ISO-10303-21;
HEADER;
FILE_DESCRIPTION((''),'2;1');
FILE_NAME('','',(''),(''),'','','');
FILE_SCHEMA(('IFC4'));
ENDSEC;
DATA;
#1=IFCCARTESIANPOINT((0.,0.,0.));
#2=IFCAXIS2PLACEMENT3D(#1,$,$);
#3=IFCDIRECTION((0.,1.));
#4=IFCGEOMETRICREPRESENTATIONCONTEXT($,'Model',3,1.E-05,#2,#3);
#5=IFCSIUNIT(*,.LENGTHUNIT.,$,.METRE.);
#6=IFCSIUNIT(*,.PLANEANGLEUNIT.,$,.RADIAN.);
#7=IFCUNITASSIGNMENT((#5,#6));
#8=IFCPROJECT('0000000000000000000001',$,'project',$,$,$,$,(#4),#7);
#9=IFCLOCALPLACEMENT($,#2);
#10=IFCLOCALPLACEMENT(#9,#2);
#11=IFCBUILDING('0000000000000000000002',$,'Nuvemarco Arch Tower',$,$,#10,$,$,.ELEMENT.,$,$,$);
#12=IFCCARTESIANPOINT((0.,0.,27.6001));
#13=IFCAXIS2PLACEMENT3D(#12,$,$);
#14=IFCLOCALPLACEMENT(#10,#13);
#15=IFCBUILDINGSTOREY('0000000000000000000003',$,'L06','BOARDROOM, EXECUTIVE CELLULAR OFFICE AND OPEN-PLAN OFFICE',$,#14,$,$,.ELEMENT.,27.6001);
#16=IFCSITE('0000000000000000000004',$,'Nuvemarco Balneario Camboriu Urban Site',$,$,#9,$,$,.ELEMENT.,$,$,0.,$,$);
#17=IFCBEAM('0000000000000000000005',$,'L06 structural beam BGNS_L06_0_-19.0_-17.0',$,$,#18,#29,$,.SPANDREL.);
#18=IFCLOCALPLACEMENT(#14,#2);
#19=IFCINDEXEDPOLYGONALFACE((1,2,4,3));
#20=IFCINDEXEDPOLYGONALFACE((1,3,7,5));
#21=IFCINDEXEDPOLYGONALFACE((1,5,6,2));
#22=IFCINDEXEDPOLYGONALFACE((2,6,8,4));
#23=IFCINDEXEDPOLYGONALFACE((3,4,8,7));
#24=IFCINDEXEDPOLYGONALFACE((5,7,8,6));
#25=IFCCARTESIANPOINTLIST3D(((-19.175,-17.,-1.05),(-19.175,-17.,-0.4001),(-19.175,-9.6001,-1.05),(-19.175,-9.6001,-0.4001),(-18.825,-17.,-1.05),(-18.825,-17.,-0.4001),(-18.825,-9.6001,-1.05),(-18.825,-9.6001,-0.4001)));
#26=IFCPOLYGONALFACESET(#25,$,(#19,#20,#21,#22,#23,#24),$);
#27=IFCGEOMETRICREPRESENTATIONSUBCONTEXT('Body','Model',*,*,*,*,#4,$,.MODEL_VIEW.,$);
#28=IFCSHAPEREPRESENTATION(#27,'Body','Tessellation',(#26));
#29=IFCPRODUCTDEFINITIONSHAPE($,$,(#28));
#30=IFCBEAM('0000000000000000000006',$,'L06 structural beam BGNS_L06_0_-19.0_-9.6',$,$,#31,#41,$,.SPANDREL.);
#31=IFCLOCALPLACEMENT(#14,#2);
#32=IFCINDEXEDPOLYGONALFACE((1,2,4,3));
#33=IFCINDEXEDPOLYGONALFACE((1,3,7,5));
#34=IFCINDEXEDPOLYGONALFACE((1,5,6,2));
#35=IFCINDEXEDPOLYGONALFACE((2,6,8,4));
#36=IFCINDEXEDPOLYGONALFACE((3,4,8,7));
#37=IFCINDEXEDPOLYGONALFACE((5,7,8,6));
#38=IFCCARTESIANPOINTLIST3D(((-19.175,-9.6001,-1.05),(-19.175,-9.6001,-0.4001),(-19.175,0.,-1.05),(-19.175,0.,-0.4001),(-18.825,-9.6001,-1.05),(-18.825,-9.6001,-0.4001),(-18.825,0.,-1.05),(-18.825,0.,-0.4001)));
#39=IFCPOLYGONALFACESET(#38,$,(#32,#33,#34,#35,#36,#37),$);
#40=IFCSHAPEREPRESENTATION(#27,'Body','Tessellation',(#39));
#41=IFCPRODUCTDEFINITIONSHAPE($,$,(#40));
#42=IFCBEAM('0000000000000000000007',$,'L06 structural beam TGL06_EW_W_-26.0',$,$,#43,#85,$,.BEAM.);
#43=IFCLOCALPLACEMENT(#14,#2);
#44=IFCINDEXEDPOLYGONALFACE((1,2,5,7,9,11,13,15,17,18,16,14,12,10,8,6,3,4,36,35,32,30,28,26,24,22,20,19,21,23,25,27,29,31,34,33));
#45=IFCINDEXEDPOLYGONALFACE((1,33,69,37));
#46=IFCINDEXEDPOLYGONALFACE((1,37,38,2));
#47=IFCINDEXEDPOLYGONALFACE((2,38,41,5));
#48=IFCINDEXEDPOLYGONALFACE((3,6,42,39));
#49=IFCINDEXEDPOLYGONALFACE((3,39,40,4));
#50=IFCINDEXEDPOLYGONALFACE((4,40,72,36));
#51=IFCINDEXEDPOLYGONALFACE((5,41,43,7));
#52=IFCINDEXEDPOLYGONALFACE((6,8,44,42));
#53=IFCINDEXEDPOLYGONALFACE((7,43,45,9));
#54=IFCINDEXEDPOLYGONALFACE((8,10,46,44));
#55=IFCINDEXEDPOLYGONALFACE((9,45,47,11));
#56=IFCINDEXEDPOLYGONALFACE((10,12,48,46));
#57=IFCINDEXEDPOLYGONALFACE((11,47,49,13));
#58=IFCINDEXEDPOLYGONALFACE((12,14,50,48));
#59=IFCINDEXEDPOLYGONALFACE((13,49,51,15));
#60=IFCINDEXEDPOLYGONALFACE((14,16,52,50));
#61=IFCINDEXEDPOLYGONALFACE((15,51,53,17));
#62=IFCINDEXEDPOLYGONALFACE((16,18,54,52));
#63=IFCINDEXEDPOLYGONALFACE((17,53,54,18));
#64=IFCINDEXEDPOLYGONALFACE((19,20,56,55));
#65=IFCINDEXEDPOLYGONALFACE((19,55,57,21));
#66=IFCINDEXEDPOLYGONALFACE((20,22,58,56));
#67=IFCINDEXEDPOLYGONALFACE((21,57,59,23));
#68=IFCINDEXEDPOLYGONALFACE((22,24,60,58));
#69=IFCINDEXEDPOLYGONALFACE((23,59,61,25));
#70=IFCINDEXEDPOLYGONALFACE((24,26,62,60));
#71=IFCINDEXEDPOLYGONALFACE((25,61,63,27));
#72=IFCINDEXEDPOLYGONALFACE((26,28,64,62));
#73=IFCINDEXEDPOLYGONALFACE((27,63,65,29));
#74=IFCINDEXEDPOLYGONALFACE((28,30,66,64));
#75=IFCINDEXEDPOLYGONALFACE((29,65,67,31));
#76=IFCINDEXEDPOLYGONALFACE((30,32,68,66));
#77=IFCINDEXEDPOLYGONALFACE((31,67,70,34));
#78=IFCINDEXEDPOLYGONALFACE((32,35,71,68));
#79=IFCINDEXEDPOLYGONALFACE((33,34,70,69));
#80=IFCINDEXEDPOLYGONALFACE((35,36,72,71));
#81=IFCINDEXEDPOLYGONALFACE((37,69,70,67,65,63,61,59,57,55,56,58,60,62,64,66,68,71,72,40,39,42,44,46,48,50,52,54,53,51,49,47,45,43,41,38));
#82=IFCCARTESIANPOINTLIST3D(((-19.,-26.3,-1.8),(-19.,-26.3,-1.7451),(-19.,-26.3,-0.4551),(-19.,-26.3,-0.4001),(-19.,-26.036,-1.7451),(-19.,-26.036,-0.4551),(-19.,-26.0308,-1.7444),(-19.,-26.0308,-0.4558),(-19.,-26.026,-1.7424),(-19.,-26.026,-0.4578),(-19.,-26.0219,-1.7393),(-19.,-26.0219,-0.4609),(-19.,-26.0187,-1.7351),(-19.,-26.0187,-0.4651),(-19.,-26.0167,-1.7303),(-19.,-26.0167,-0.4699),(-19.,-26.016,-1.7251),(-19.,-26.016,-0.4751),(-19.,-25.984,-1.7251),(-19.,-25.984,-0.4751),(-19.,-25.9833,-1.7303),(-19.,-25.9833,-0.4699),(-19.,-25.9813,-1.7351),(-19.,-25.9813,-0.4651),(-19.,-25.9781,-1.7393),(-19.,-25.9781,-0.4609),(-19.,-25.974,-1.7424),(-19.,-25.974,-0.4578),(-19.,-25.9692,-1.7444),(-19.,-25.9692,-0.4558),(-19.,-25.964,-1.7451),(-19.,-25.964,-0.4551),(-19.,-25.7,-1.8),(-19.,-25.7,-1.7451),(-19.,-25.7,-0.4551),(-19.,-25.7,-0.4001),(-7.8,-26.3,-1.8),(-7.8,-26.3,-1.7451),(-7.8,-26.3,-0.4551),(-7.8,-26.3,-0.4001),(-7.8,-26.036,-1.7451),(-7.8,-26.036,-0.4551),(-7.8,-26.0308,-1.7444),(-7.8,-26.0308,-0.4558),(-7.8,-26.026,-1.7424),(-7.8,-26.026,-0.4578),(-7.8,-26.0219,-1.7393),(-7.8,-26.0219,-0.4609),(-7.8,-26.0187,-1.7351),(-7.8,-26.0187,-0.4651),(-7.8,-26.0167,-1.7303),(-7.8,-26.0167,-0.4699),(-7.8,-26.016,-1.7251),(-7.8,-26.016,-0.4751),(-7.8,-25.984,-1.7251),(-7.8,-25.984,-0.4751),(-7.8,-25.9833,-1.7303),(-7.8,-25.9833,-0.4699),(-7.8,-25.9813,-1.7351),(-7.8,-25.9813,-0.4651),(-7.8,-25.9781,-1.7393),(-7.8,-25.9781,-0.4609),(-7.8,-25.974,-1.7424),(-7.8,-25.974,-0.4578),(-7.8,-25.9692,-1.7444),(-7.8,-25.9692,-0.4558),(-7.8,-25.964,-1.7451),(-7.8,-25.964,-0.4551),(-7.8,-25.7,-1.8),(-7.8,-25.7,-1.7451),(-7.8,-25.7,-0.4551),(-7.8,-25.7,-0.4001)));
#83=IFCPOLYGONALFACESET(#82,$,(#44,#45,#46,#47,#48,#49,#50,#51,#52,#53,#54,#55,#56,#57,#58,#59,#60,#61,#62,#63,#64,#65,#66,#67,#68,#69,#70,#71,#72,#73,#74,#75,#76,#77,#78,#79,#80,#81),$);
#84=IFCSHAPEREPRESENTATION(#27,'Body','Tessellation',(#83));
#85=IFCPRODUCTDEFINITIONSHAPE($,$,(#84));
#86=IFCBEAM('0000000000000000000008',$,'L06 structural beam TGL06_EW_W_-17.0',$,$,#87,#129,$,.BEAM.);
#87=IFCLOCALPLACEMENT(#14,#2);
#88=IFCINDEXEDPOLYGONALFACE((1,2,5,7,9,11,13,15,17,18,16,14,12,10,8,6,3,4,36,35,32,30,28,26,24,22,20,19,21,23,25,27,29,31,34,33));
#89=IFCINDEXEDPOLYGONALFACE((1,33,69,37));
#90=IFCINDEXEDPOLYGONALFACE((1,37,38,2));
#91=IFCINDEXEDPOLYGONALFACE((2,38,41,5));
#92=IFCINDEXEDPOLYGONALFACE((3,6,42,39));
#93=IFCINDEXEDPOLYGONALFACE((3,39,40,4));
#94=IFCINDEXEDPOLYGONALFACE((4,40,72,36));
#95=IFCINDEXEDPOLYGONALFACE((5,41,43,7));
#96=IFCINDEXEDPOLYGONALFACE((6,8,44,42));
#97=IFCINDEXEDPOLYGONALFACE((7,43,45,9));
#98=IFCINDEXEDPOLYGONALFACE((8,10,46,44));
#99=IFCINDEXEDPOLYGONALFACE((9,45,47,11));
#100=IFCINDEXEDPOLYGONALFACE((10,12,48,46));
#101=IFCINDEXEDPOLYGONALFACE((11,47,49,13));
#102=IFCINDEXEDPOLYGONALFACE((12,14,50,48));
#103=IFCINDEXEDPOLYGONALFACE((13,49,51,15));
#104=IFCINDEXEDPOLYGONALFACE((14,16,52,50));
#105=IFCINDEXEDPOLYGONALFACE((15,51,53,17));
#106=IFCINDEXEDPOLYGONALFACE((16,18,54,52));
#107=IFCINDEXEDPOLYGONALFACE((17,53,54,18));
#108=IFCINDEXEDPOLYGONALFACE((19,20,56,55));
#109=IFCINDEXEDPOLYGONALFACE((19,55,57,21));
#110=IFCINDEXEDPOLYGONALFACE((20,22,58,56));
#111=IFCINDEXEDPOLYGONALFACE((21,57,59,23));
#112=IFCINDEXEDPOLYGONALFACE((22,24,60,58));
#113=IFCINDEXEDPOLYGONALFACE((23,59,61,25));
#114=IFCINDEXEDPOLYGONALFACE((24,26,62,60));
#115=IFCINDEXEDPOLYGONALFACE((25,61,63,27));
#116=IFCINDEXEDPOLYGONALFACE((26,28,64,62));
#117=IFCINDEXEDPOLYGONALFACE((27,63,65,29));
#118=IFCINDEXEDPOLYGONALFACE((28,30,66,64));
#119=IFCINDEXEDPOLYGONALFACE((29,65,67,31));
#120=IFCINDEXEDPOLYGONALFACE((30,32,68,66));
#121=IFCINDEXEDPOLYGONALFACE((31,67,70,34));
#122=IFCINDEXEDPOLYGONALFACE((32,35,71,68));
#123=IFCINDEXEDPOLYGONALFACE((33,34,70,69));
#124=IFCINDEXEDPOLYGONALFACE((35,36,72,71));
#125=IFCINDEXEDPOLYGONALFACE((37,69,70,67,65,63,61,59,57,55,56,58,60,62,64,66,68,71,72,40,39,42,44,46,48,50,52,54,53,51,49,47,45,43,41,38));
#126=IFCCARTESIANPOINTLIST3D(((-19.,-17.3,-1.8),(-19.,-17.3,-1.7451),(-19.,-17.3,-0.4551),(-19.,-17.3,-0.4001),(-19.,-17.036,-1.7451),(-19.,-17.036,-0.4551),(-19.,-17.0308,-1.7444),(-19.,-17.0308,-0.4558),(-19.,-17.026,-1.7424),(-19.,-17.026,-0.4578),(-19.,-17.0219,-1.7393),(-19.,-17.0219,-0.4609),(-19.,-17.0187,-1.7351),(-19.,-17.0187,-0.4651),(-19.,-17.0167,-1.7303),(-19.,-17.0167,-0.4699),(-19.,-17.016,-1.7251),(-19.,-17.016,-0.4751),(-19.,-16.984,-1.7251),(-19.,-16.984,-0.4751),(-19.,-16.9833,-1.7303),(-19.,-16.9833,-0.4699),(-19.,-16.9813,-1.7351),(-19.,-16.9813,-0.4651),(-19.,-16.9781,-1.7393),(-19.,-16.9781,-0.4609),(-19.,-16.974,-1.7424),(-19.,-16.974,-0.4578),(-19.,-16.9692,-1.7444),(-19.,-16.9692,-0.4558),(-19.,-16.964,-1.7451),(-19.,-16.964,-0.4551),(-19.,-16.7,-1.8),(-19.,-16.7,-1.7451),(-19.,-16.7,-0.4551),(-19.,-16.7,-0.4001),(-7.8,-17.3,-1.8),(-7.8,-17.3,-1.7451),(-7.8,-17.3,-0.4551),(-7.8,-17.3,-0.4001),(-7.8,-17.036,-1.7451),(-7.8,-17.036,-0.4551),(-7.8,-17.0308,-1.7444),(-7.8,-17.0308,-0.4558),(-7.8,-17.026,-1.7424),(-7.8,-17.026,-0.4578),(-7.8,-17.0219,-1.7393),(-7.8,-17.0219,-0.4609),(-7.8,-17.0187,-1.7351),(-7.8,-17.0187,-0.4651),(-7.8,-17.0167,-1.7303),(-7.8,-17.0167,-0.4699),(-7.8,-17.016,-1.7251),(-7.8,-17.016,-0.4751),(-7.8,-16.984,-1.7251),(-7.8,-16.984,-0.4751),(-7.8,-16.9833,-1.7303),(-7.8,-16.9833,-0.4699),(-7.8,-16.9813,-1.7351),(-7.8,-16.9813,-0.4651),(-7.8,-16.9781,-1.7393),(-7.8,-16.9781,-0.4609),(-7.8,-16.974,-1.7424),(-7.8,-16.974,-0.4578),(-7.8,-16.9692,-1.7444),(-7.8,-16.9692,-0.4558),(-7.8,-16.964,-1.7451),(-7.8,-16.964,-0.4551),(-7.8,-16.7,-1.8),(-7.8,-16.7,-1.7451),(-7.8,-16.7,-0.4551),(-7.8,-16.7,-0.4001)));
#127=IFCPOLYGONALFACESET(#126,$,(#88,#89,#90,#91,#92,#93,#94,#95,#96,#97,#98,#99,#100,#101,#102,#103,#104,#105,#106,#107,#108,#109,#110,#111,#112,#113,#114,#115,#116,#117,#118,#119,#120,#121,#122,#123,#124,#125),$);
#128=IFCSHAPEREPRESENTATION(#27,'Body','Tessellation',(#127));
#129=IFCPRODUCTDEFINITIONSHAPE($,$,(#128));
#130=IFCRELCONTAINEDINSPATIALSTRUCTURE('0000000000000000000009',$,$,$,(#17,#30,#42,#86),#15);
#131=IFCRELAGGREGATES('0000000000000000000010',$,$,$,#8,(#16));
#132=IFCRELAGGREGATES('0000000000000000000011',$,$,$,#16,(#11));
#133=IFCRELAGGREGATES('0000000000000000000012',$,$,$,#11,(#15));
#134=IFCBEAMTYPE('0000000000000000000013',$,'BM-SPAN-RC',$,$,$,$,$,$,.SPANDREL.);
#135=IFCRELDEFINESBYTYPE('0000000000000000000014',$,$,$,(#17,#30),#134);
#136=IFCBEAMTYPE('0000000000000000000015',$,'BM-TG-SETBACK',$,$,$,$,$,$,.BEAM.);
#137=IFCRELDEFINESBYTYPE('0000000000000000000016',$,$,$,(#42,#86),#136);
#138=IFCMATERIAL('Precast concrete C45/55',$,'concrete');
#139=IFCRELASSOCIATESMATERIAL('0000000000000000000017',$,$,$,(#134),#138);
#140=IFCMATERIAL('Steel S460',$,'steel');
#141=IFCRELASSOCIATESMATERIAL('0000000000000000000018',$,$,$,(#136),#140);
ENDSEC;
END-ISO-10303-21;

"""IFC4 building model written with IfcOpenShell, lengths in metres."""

from ifc_helpers import new_model, si_unit, direction, frame, origin, origin_2d, place, context, subcontext, project, spatial, rectangle, i_section, extrude, material, material_profile, profile_set, type_object, element, save


model = new_model("IFC4")

# Units and contexts
model_context = context("Model", 3, precision=1e-05, world=origin(), true_north=direction((0.0, 1.0)))
body_context = subcontext(model_context, "Body", "Model", "MODEL_VIEW")
ifc_project = project(units=[si_unit("LENGTHUNIT", "METRE"), si_unit("PLANEANGLEUNIT", "RADIAN")], contexts=[model_context])

# Site, building, storey
site_placement = place(None, origin())
site = spatial("IfcSite", under=ifc_project, at=site_placement, Name="Nuvemarco Balneario Camboriu Urban Site", CompositionType="ELEMENT", RefElevation=0.0)
building_placement = place(site_placement, origin())
building = spatial("IfcBuilding", under=site, at=building_placement, Name="Nuvemarco Arch Tower", CompositionType="ELEMENT")
storey_placement = place(building_placement, frame((0.0, 0.0, 27.6001)))
storey = spatial("IfcBuildingStorey", under=building, at=storey_placement, Name="L06", Description="BOARDROOM, EXECUTIVE CELLULAR OFFICE AND OPEN-PLAN OFFICE", CompositionType="ELEMENT", Elevation=27.6001)

# Shared definitions
ifc_material_1 = material(Name="Steel S460", Category="steel")

# Beams
ifc_material_2 = material(Name="Precast concrete C45/55", Category="concrete")
ifc_material_profile_1 = material_profile(ifc_material_2, rectangle(XDim=0.3501, YDim=0.6499, at=origin_2d()), Name="PC-SP-350x650")
ifc_profile_set_1 = profile_set([ifc_material_profile_1], Name="Precast concrete C45/55")
beam_type_1 = type_object("IfcBeamType", Name="BM-SPAN-RC", PredefinedType="SPANDREL", material=ifc_profile_set_1)
beam_1_placement = place(storey_placement, frame((-19.0, -17.0, -0.7251), z_axis=(0.0, 1.0, 0.0), x_axis=(-1.0, 0.0, 0.0)))
element("IfcBeam", 1, at=beam_1_placement, inside=storey, type_object=beam_type_1, Name="L06 structural beam BGNS_L06_0_-19.0_-17.0", PredefinedType="SPANDREL", context=body_context, shape_type="SweptSolid", body=[
    extrude(rectangle(XDim=0.3501, YDim=0.6499, at=origin_2d()), origin(), (0.0, 0.0, 1.0), 7.3999),
])
beam_2_placement = place(storey_placement, frame((-19.0, -9.6001, -0.7251), z_axis=(0.0, 1.0, 0.0), x_axis=(-1.0, 0.0, 0.0)))
element("IfcBeam", 2, at=beam_2_placement, inside=storey, type_object=beam_type_1, Name="L06 structural beam BGNS_L06_0_-19.0_-9.6", PredefinedType="SPANDREL", context=body_context, shape_type="SweptSolid", body=[
    extrude(rectangle(XDim=0.3501, YDim=0.6499, at=origin_2d()), origin(), (0.0, 0.0, 1.0), 9.6001),
])
ifc_material_profile_2 = material_profile(ifc_material_1, i_section(OverallWidth=0.6001, OverallDepth=1.3999, WebThickness=0.032, FlangeThickness=0.0549, FilletRadius=0.02, at=origin_2d()), Name="PG1400x600")
ifc_profile_set_2 = profile_set([ifc_material_profile_2], Name="Steel S460")
beam_type_2 = type_object("IfcBeamType", Name="BM-TG-SETBACK", PredefinedType="BEAM", material=ifc_profile_set_2)
for number, where, z_axis, x_axis, name in (
    (3, (-19.0, -26.0, -1.1001), (1.0, 0.0, 0.0), (0.0, 1.0, 0.0), "L06 structural beam TGL06_EW_W_-26.0"),
    (4, (-19.0, -17.0, -1.1001), (1.0, 0.0, 0.0), (0.0, 1.0, 0.0), "L06 structural beam TGL06_EW_W_-17.0"),
):
    element("IfcBeam", number, at=place(storey_placement, frame(where, z_axis=z_axis, x_axis=x_axis)), inside=storey, type_object=beam_type_2, Name=name, PredefinedType="BEAM", context=body_context, shape_type="SweptSolid", body=[
        extrude(i_section(OverallWidth=0.6001, OverallDepth=1.3999, WebThickness=0.032, FlangeThickness=0.0549, FilletRadius=0.02, at=origin_2d()), origin(), (0.0, 0.0, 1.0), 11.2),
    ])

save(model, "model.ifc")
